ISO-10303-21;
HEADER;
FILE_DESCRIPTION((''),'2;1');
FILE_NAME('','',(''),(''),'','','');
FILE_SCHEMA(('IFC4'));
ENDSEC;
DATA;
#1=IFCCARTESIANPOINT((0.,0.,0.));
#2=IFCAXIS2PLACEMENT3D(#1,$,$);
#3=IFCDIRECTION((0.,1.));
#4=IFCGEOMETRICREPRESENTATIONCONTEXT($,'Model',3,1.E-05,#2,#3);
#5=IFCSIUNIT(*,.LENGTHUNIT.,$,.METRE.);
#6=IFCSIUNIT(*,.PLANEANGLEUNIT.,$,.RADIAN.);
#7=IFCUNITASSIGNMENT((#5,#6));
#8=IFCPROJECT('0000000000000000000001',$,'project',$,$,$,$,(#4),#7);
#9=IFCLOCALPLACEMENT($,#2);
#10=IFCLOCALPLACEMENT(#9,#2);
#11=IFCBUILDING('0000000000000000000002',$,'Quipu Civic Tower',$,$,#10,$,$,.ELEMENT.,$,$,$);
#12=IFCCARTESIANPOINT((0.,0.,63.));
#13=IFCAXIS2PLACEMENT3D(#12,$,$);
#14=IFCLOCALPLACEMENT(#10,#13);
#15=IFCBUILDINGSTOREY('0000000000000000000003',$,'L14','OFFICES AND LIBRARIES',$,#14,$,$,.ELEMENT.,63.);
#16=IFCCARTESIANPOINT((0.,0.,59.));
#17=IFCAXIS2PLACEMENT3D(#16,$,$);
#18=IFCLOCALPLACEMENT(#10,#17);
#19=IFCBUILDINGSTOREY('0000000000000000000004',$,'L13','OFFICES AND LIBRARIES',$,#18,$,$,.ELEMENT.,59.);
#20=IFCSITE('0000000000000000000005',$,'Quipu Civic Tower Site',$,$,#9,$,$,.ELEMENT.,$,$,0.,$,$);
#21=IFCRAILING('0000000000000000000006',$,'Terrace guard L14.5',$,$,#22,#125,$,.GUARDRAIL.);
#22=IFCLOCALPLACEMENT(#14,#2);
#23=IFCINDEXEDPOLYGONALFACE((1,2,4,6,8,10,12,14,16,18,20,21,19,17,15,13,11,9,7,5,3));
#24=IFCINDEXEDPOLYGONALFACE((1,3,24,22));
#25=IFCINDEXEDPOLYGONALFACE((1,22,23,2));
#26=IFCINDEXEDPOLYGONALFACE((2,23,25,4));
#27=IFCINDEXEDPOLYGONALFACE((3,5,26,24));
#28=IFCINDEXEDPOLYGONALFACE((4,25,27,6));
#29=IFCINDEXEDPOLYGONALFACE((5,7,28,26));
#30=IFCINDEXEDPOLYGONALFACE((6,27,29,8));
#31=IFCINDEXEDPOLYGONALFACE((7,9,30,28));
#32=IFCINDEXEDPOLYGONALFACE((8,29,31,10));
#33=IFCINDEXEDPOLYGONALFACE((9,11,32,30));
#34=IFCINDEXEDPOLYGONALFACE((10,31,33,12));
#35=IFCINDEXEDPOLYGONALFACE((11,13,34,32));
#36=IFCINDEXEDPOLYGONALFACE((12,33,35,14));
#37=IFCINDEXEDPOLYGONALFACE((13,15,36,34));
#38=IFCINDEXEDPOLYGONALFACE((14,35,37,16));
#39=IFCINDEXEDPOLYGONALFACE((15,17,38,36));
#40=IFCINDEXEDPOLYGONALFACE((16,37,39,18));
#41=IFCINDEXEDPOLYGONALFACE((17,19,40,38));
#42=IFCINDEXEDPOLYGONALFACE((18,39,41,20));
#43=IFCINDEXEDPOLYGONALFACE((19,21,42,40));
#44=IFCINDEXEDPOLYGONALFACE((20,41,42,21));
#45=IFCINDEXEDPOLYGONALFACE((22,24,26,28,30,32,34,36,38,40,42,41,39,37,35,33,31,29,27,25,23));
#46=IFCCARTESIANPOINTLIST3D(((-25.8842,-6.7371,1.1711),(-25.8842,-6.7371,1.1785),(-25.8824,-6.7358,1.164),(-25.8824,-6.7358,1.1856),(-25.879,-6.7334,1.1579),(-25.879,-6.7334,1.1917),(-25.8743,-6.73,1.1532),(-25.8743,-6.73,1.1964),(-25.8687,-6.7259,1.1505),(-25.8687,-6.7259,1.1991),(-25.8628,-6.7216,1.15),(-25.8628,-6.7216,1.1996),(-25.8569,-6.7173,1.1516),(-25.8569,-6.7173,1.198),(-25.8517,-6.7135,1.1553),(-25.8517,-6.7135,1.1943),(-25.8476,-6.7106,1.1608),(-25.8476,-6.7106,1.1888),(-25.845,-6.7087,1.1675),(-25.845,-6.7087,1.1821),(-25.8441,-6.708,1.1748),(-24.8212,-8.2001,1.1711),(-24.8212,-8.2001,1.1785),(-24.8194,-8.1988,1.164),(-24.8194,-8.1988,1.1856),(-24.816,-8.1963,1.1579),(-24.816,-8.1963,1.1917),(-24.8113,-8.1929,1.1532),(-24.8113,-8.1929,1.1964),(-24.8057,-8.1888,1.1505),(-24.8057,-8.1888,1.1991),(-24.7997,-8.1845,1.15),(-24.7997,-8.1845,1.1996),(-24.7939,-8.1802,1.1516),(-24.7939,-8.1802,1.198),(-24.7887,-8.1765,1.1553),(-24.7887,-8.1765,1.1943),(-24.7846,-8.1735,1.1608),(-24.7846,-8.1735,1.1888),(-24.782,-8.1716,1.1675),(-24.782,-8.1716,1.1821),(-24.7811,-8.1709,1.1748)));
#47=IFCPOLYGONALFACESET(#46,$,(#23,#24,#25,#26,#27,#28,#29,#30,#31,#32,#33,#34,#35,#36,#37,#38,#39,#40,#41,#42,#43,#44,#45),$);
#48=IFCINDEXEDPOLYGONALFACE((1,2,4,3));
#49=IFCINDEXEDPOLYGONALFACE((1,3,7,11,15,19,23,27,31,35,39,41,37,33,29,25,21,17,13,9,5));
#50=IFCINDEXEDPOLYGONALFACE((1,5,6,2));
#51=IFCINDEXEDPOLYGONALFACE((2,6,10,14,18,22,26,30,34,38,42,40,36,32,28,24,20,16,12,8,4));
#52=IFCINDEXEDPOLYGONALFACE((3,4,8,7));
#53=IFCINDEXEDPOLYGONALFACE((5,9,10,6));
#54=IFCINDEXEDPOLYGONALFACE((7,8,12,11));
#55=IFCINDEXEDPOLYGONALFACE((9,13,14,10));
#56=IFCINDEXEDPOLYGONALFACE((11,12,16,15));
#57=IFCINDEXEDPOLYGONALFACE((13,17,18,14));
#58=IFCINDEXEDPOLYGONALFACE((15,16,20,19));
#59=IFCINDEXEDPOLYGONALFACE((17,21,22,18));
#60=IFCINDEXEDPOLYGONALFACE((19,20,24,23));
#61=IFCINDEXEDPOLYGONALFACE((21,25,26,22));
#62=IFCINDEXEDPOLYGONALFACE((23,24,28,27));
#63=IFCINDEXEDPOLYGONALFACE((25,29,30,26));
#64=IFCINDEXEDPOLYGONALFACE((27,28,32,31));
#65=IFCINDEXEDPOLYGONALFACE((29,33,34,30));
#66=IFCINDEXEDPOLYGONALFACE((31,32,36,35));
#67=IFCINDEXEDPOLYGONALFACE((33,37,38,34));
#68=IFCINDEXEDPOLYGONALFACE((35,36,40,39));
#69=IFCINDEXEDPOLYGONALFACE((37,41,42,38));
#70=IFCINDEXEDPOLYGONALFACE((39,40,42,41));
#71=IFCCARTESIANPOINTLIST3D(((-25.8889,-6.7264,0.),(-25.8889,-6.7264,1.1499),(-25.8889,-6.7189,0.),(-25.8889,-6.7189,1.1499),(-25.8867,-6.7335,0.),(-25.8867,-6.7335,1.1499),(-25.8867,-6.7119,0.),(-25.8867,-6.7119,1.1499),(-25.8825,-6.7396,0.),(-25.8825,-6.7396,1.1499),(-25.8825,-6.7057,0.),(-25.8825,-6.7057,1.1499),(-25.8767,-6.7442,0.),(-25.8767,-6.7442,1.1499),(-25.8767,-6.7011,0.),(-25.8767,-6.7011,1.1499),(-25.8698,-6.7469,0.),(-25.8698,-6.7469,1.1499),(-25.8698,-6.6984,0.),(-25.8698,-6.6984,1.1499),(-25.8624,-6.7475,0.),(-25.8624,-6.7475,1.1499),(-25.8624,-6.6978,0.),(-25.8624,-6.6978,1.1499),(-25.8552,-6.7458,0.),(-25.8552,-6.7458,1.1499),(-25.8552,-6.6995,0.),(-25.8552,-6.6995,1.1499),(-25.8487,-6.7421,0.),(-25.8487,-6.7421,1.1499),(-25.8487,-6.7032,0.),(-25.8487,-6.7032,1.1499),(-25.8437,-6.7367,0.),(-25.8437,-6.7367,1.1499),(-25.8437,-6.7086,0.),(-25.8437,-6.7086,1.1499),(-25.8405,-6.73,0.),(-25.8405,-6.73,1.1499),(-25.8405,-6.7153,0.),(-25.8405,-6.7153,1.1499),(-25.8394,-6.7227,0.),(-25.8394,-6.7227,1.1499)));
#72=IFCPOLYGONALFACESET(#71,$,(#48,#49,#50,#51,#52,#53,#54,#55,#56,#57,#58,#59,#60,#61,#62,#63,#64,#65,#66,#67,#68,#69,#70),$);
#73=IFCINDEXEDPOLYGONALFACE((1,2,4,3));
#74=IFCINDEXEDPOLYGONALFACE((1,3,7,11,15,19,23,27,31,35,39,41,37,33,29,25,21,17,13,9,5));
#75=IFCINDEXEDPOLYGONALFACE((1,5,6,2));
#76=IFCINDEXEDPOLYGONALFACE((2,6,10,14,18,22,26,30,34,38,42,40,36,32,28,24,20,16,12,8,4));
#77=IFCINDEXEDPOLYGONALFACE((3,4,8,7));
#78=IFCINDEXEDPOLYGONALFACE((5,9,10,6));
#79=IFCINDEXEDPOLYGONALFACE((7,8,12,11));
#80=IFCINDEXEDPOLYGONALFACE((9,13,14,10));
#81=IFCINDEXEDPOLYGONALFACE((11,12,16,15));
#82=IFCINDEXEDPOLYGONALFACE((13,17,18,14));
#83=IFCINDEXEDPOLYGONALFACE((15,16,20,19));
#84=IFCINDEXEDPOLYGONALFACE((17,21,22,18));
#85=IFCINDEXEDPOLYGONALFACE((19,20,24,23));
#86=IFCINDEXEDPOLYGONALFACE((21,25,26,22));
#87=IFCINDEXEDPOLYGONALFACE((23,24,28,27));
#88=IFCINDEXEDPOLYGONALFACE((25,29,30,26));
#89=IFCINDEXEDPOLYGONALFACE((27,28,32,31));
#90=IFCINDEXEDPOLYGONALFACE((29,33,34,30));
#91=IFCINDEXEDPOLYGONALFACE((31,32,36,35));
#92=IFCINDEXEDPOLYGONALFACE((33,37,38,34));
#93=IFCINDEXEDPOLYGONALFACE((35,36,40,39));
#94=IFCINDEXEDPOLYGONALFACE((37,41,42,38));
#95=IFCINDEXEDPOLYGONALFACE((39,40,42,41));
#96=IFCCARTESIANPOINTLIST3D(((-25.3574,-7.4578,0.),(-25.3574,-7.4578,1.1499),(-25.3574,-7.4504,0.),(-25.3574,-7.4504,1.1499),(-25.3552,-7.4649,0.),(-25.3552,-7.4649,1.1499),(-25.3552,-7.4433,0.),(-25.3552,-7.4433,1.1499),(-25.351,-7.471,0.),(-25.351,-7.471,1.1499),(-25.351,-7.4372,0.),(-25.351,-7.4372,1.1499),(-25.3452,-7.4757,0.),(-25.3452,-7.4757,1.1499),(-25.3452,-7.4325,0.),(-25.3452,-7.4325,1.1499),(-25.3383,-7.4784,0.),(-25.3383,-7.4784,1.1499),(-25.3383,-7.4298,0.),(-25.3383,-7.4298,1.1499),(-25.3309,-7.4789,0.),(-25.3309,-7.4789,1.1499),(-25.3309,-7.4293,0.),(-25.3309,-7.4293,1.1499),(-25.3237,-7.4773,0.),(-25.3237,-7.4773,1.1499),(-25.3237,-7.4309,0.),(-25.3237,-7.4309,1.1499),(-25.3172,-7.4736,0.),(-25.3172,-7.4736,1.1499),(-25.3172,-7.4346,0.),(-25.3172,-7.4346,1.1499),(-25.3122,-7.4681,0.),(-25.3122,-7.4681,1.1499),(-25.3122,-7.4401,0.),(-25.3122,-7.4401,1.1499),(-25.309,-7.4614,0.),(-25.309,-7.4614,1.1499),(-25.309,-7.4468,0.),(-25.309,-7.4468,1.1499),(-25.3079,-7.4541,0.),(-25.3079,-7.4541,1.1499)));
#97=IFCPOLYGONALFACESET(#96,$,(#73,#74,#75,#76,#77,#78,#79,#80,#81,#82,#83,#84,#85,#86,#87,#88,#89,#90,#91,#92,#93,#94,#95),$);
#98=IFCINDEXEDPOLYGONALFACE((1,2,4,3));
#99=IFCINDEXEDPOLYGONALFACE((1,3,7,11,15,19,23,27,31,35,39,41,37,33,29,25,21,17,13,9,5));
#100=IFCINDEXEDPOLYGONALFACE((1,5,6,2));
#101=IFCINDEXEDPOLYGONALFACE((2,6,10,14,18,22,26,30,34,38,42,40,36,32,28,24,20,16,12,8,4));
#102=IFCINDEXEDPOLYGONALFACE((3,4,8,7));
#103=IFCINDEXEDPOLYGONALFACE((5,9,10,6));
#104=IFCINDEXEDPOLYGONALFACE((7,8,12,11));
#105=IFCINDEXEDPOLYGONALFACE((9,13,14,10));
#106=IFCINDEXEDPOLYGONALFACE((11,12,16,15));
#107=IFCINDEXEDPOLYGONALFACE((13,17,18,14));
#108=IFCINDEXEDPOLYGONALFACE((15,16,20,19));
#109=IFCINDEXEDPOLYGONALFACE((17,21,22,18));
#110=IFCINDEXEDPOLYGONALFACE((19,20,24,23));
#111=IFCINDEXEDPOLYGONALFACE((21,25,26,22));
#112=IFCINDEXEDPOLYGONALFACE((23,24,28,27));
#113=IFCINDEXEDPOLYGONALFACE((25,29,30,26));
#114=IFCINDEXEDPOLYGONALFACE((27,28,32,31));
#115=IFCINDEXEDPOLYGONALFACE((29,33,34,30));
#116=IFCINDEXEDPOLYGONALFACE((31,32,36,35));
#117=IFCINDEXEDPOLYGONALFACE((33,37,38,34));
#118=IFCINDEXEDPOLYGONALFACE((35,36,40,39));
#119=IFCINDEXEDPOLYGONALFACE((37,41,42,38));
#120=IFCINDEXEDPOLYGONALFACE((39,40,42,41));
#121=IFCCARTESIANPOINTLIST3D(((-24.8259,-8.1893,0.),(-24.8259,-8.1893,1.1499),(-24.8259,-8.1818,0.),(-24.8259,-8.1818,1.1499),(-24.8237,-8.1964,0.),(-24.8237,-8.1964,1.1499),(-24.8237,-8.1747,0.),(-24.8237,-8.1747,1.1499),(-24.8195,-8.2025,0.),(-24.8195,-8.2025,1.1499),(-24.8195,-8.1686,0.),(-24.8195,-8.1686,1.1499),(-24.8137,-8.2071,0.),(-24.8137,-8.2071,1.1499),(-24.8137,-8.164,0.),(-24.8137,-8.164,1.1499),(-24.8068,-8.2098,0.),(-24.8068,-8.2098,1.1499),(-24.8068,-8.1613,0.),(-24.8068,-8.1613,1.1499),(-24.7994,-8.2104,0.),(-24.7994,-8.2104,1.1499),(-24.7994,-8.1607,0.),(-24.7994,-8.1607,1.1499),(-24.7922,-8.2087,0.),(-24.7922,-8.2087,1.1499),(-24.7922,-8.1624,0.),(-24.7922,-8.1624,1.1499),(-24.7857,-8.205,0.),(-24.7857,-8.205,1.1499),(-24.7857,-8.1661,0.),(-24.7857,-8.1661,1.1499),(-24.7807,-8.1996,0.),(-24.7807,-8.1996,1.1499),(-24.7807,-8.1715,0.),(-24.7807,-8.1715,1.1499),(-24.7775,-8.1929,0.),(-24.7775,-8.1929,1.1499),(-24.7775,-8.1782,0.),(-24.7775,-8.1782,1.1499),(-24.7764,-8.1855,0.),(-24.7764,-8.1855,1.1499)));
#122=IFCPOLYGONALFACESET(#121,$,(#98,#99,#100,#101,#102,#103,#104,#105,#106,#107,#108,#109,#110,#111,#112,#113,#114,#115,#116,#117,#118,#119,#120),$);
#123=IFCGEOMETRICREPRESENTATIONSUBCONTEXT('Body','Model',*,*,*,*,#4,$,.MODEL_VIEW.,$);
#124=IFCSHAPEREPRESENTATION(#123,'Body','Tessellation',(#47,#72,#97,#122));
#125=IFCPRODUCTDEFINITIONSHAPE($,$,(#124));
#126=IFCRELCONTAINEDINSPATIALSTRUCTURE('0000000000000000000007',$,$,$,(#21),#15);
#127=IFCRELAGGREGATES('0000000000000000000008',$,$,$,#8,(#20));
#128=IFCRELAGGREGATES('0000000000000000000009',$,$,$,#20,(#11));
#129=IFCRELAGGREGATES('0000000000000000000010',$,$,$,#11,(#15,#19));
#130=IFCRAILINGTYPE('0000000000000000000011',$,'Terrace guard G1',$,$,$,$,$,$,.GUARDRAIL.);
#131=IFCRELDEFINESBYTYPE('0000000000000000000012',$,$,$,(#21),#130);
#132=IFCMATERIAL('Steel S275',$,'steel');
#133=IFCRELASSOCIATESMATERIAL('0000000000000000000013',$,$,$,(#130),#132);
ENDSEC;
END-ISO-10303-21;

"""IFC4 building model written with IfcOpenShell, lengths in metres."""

from ifc_helpers import new_model, si_unit, direction, frame, origin, origin_2d, place, context, subcontext, project, spatial, circle, extrude, material, type_object, element, save


model = new_model("IFC4")

# Units and contexts
model_context = context("Model", 3, precision=1e-05, world=origin(), true_north=direction((0.0, 1.0)))
body_context = subcontext(model_context, "Body", "Model", "MODEL_VIEW")
ifc_project = project(units=[si_unit("LENGTHUNIT", "METRE"), si_unit("PLANEANGLEUNIT", "RADIAN")], contexts=[model_context])

# Site, building, storey
site_placement = place(None, origin())
site = spatial("IfcSite", under=ifc_project, at=site_placement, Name="Quipu Civic Tower Site", CompositionType="ELEMENT", RefElevation=0.0)
building_placement = place(site_placement, origin())
building = spatial("IfcBuilding", under=site, at=building_placement, Name="Quipu Civic Tower", CompositionType="ELEMENT")
storey_1_placement = place(building_placement, frame((0.0, 0.0, 63.0)))
storey_1 = spatial("IfcBuildingStorey", under=building, at=storey_1_placement, Name="L14", Description="OFFICES AND LIBRARIES", CompositionType="ELEMENT", Elevation=63.0)

# Shared definitions
storey_2_placement = place(building_placement, frame((0.0, 0.0, 59.0)))
storey_2 = spatial("IfcBuildingStorey", under=building, at=storey_2_placement, Name="L13", Description="OFFICES AND LIBRARIES", CompositionType="ELEMENT", Elevation=59.0)

# Railing
ifc_material_1 = material(Name="Steel S275", Category="steel")
railing_type = type_object("IfcRailingType", Name="Terrace guard G1", PredefinedType="GUARDRAIL", material=ifc_material_1)
railing_1_placement = place(storey_1_placement, frame((-25.8643, -6.7227, 0.0)))
element("IfcRailing", 1, at=railing_1_placement, inside=storey_1, type_object=railing_type, Name="Terrace guard L14.5", PredefinedType="GUARDRAIL", context=body_context, shape_type="SweptSolid", body=[
    extrude(circle(Radius=0.0249, at=origin_2d()), frame((0.0, 0.0, 1.1748), z_axis=(0.587834, -0.808981, 0.0), x_axis=(0.808981, 0.587834, 0.0)), (0.0, 0.0, 1.0), 1.8083),
    extrude(circle(Radius=0.0249, at=origin_2d()), origin(), (0.0, 0.0, 1.0), 1.1499),
    extrude(circle(Radius=0.0249, at=origin_2d()), frame((0.5315, -0.7314, 0.0)), (0.0, 0.0, 1.0), 1.1499),
    extrude(circle(Radius=0.0249, at=origin_2d()), frame((1.063, -1.4629, 0.0)), (0.0, 0.0, 1.0), 1.1499),
])

save(model, "model.ifc")
